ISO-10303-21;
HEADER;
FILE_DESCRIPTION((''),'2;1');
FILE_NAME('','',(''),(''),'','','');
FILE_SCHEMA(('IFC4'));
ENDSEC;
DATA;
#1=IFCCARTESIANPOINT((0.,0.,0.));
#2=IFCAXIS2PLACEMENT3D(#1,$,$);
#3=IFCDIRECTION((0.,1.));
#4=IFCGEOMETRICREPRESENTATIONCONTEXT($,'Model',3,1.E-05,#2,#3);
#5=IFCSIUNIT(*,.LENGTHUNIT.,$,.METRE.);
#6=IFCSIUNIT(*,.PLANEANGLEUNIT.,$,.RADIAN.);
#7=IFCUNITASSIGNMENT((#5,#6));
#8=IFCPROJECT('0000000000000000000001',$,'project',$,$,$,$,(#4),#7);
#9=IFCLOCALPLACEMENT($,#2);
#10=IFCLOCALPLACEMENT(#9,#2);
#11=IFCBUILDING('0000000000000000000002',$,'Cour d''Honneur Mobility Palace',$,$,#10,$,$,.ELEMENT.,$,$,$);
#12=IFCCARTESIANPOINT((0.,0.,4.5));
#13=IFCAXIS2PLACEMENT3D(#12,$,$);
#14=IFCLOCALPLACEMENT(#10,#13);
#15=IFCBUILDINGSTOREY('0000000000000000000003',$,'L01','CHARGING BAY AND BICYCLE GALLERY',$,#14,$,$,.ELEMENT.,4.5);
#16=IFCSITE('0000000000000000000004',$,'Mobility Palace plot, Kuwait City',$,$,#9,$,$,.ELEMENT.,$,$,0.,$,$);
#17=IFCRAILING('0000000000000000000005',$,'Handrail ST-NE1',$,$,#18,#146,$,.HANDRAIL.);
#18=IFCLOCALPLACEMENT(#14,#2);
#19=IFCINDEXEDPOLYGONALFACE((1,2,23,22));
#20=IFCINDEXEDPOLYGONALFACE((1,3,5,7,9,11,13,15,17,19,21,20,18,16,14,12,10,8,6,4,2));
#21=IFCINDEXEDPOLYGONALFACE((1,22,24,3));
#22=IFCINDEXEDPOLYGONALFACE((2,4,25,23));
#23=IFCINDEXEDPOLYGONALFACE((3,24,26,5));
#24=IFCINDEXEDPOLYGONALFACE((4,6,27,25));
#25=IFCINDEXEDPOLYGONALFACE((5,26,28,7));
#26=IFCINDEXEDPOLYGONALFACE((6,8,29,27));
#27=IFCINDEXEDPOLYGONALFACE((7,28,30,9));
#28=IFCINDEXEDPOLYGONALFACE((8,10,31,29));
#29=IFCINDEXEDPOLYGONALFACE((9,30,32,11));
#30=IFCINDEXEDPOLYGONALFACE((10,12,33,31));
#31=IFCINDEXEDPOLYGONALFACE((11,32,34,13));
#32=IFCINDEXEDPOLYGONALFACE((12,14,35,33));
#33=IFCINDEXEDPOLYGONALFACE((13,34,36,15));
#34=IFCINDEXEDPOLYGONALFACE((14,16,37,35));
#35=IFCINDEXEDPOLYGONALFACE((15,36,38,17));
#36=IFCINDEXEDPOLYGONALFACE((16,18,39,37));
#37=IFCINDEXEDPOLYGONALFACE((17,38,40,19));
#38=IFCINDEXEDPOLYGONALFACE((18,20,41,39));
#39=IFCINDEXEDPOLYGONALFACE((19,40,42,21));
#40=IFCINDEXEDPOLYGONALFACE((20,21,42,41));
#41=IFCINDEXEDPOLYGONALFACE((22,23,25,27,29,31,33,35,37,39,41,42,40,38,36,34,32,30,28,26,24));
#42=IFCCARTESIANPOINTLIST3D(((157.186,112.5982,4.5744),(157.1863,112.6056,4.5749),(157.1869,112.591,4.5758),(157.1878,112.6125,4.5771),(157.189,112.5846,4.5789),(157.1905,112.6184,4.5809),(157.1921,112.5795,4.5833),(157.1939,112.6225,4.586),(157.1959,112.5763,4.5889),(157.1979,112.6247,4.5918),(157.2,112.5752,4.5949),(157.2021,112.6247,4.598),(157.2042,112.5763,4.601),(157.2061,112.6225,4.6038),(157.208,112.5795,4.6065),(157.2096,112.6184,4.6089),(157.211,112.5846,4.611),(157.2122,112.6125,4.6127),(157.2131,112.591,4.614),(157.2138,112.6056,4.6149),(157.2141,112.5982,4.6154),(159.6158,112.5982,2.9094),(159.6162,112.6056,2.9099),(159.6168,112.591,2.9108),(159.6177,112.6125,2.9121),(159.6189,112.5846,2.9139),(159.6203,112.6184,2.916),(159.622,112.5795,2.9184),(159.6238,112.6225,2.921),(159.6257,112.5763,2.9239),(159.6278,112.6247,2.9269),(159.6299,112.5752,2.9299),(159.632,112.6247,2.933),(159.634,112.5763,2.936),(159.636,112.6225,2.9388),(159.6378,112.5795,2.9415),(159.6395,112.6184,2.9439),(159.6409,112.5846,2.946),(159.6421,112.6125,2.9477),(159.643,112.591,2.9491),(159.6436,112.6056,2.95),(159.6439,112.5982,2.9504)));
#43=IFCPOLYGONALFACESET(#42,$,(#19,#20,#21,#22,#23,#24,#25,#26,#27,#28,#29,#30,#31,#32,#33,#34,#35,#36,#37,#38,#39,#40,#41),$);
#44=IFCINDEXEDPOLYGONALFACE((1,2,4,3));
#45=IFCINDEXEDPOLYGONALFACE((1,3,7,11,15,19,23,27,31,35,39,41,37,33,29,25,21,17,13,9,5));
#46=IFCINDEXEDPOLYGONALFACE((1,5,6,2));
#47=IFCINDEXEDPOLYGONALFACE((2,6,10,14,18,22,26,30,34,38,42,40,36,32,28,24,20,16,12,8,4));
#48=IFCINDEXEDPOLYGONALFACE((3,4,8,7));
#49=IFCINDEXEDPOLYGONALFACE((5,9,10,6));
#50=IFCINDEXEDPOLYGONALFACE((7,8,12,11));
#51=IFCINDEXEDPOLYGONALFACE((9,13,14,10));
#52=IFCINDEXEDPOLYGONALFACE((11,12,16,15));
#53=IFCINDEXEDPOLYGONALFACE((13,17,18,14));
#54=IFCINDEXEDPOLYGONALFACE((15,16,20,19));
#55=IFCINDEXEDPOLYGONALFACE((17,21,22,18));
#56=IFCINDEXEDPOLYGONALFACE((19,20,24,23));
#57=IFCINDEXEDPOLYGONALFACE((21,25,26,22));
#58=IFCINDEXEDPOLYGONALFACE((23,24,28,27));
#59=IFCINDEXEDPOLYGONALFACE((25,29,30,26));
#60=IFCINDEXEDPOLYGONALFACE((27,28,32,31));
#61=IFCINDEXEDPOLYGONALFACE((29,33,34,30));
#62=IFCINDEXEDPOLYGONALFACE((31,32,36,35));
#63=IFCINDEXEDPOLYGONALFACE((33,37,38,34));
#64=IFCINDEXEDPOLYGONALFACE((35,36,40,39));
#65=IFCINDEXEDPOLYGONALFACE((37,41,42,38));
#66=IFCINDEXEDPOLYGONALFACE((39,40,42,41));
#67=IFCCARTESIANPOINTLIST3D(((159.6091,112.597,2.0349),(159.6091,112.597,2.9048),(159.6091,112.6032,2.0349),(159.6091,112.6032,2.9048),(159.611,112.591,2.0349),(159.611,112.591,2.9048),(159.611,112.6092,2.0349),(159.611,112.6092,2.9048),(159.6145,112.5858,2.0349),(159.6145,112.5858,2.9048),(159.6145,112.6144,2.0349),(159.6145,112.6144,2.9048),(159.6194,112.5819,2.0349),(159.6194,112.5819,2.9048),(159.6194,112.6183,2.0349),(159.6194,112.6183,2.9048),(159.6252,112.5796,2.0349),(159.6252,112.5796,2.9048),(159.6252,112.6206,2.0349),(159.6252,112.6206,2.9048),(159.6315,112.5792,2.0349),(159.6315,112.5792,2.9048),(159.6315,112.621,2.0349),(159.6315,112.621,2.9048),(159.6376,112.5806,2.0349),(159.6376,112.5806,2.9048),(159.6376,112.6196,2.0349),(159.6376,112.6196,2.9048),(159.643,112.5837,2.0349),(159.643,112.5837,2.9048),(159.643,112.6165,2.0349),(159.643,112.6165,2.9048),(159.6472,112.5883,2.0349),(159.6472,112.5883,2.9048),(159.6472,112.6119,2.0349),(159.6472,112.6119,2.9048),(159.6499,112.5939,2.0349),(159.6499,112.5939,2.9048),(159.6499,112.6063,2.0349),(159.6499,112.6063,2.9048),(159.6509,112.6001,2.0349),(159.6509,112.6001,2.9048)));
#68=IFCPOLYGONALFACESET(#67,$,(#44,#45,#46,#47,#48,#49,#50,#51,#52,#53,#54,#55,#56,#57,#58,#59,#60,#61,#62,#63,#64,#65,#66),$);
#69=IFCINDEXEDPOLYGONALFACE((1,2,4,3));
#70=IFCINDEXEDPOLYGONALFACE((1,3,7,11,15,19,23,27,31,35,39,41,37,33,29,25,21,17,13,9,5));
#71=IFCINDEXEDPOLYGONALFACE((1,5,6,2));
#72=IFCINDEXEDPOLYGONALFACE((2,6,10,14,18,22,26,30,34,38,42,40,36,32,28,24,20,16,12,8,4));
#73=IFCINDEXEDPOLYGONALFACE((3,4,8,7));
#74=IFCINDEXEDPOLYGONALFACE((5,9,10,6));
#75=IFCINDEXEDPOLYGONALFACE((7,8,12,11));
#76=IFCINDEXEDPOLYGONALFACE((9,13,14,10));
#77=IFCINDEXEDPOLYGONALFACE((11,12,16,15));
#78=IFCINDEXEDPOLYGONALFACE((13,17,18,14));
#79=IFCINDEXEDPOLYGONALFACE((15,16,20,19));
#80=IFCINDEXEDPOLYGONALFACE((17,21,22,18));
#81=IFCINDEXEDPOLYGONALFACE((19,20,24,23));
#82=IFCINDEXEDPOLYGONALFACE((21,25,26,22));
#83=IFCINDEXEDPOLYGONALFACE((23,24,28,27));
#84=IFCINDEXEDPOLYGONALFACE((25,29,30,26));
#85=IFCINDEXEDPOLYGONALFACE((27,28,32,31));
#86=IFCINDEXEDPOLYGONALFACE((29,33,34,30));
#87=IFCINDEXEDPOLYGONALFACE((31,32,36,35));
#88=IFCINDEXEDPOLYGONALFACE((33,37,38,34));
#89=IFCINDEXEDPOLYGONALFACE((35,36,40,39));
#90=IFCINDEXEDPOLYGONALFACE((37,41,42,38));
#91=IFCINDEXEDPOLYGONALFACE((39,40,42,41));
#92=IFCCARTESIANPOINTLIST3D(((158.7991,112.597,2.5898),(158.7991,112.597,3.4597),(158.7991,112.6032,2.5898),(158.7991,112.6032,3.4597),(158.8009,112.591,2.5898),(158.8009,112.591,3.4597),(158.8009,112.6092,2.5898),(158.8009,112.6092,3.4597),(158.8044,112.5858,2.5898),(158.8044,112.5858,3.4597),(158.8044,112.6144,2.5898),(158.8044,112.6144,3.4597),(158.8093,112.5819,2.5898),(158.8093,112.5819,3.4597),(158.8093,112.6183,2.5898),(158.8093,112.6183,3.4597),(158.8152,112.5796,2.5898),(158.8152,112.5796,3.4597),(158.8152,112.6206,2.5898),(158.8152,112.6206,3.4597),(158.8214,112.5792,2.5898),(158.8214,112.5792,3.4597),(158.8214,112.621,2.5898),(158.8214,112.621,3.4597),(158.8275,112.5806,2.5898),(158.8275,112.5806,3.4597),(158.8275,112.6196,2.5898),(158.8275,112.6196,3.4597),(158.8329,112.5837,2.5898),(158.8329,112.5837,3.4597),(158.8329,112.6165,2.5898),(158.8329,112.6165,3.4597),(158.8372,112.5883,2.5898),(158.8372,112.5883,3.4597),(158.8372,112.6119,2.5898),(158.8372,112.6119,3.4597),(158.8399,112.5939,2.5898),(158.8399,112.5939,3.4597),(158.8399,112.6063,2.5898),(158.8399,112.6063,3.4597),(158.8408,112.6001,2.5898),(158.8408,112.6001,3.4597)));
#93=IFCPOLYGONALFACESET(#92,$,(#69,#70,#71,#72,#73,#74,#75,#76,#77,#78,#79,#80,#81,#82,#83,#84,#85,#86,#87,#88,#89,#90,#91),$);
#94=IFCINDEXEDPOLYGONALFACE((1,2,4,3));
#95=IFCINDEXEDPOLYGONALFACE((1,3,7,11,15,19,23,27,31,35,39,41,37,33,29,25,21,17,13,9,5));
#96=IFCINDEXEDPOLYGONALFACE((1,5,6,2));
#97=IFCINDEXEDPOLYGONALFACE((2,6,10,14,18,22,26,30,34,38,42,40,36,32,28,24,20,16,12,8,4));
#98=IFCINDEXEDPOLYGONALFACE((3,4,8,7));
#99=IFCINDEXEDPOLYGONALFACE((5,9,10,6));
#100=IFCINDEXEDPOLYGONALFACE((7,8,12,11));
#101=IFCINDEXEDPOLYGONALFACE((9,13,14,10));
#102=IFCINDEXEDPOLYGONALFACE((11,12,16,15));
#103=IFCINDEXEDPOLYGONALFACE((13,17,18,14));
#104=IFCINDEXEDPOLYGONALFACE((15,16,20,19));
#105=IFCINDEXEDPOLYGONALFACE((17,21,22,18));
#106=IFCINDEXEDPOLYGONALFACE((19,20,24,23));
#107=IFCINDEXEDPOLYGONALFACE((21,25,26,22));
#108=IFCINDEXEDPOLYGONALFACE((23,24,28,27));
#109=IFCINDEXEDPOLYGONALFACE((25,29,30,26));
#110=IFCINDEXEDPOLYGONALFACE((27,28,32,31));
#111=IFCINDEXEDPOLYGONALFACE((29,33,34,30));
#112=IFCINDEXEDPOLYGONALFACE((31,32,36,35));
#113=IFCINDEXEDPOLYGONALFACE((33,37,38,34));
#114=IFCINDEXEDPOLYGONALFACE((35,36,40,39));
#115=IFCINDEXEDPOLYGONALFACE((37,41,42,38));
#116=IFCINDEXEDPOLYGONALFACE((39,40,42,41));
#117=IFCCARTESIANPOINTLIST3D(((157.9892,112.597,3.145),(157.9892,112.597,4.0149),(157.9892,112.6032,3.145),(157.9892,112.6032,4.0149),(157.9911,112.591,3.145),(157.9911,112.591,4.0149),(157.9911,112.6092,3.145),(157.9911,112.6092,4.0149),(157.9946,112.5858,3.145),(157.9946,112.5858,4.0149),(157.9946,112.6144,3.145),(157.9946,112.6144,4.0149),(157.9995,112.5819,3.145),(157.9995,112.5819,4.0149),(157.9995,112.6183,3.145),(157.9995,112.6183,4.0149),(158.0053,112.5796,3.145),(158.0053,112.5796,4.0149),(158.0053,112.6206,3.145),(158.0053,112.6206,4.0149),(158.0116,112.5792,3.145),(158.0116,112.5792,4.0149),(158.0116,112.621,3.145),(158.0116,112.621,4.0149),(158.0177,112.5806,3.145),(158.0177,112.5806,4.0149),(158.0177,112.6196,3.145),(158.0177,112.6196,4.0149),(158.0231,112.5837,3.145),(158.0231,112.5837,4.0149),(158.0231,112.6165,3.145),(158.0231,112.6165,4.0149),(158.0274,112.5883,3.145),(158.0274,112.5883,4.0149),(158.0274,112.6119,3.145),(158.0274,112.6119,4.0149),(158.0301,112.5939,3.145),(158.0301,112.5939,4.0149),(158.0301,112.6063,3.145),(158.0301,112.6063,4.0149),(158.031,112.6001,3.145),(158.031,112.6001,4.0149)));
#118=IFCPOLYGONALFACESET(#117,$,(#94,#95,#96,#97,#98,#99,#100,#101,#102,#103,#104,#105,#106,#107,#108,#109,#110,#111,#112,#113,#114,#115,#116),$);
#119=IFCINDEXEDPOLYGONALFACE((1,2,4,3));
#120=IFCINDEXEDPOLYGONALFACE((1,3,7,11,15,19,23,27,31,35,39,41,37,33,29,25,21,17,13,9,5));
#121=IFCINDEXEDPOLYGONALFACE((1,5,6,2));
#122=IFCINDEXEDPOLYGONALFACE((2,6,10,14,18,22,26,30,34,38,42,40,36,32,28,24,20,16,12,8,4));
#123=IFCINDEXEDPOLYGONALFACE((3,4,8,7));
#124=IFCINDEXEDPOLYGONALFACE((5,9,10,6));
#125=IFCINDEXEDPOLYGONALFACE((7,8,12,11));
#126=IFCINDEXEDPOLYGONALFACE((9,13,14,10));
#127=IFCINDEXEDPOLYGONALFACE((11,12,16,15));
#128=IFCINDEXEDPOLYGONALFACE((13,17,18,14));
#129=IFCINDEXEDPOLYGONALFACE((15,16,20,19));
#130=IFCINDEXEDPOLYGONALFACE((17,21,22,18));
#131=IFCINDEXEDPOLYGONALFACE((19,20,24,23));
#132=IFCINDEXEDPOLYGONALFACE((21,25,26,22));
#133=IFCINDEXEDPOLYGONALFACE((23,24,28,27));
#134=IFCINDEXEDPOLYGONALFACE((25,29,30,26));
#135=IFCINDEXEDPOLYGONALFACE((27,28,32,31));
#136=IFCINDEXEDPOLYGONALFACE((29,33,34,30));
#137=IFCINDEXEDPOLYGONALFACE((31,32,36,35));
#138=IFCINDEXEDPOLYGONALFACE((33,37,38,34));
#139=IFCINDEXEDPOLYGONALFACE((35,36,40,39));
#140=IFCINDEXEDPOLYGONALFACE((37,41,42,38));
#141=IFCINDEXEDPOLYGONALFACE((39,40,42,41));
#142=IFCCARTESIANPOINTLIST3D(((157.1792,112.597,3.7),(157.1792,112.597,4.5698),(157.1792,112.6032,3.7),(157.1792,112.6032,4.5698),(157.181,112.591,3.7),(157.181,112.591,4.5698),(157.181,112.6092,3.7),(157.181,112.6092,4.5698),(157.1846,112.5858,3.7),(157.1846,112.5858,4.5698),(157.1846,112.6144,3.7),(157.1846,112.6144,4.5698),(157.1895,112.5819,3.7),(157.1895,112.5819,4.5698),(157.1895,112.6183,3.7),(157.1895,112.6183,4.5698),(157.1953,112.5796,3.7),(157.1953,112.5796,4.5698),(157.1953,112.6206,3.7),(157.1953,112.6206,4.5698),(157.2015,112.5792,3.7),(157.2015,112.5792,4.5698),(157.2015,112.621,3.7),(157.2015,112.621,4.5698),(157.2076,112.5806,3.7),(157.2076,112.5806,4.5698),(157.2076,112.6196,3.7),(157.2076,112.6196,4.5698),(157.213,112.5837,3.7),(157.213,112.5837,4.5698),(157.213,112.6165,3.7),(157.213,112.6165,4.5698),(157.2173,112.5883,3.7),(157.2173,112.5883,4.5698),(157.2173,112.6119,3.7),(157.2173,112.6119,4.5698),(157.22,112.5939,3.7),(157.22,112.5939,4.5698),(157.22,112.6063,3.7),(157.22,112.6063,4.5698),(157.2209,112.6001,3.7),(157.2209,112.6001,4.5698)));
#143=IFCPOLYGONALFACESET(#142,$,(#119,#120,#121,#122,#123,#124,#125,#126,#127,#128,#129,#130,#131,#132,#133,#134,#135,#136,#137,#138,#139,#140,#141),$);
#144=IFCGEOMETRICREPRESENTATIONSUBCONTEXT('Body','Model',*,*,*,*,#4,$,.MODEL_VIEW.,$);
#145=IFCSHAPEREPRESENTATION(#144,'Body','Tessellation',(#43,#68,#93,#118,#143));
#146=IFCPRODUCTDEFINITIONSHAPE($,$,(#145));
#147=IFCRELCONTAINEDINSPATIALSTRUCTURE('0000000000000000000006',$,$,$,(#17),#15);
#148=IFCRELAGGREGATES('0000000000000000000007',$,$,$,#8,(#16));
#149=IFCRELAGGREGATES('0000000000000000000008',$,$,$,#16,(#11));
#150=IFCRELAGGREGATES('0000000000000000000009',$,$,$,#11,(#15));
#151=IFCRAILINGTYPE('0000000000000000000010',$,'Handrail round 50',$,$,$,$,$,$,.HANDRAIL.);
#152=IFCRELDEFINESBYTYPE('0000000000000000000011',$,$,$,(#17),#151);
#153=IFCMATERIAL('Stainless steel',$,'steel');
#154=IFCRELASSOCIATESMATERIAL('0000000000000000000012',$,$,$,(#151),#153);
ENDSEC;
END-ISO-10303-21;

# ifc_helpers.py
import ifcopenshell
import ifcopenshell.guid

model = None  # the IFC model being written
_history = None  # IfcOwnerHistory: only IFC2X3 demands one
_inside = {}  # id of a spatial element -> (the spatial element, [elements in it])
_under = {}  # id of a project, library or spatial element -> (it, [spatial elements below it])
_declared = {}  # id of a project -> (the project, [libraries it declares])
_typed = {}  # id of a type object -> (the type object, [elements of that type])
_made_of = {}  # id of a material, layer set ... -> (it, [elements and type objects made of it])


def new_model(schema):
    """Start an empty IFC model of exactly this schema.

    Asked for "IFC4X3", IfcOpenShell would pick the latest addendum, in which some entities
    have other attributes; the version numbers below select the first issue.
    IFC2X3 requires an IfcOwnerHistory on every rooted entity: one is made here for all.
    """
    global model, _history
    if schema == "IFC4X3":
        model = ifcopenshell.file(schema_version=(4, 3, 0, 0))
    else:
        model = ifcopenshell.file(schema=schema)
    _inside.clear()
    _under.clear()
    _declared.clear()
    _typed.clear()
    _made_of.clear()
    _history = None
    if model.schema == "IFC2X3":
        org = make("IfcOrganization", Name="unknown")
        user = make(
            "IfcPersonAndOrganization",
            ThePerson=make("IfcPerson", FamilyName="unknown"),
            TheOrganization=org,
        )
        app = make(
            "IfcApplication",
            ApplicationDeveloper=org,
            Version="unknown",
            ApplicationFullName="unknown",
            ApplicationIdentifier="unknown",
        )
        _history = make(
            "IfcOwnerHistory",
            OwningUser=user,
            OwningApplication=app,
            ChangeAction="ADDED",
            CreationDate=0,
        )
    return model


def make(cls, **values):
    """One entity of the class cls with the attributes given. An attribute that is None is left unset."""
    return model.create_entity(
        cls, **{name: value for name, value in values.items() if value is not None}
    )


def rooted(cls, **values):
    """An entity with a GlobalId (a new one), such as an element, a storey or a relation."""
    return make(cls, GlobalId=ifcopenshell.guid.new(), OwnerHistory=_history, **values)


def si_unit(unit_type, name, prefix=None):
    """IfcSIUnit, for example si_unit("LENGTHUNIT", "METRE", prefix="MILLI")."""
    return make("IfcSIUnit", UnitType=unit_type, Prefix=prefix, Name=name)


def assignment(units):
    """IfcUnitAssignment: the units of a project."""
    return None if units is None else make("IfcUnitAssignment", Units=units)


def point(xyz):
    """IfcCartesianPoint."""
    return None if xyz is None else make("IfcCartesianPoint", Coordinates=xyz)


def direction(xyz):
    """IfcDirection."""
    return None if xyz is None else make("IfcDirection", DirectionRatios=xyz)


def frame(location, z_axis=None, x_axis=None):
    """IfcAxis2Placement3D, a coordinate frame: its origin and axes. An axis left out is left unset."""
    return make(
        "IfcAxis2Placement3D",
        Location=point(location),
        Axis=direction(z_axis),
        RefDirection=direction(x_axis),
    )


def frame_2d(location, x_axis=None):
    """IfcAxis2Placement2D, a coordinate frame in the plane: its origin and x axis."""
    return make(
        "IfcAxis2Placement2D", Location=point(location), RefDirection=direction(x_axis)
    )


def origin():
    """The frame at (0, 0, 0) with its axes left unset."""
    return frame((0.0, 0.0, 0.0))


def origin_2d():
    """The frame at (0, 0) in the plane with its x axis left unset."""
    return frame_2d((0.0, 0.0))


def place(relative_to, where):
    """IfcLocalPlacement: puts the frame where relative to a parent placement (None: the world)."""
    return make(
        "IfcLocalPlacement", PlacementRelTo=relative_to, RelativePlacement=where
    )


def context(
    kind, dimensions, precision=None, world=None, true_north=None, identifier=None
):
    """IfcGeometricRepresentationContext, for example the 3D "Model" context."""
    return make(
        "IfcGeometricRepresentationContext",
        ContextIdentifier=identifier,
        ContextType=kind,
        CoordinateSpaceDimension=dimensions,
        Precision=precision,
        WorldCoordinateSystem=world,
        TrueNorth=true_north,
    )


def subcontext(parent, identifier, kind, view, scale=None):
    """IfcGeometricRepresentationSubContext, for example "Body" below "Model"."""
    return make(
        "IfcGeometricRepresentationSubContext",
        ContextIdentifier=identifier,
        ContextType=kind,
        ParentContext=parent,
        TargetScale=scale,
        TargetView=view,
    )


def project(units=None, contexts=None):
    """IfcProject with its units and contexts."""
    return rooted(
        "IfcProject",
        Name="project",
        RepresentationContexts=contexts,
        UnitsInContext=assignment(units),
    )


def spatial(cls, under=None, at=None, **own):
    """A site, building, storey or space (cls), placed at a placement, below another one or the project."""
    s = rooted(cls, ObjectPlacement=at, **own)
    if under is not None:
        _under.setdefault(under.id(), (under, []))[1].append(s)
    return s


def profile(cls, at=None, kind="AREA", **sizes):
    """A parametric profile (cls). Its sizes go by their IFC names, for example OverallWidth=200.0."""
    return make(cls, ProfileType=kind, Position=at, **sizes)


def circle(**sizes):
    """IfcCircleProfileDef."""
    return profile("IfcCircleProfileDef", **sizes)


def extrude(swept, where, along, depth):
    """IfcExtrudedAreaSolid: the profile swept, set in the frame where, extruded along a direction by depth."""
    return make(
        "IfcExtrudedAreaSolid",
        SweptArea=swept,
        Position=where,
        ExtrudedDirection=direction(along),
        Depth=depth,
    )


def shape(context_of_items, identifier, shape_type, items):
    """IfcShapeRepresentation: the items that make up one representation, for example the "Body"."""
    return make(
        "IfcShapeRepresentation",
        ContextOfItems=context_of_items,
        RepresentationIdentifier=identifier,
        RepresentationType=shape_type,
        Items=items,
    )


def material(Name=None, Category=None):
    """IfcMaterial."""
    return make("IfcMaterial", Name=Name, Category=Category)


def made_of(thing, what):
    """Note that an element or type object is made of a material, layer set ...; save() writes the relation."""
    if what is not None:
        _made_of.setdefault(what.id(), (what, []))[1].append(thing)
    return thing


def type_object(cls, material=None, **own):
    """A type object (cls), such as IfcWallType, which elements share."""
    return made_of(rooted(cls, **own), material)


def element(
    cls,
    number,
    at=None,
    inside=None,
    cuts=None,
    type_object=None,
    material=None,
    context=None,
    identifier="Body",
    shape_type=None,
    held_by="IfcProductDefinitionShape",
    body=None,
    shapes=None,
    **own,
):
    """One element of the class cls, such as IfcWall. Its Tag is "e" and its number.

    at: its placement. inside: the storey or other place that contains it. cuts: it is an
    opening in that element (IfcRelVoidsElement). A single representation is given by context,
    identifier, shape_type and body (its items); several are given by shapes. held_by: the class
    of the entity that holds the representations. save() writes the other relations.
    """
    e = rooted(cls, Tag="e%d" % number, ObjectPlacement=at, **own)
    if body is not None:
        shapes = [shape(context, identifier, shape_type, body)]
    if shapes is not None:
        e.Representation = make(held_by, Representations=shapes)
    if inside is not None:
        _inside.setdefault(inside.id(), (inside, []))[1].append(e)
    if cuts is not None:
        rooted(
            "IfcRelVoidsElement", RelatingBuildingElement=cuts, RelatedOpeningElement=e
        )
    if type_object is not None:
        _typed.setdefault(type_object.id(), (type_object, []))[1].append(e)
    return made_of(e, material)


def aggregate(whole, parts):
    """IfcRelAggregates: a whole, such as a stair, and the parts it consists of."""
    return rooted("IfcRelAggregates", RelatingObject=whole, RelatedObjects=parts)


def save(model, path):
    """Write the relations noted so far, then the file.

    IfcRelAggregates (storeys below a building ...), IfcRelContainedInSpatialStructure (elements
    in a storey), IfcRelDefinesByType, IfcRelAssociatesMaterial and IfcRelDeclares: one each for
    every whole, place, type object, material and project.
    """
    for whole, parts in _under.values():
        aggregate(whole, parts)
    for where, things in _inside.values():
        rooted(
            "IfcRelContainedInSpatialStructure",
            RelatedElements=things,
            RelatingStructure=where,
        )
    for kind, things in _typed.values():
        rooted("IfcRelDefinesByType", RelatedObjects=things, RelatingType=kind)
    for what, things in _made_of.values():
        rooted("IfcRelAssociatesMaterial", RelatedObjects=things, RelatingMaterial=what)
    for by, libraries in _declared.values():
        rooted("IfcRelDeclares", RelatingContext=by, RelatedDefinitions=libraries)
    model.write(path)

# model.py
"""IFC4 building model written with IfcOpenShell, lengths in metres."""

from ifc_helpers import new_model, si_unit, direction, frame, origin, origin_2d, place, context, subcontext, project, spatial, circle, extrude, material, type_object, element, save


model = new_model("IFC4")

# Units and contexts
model_context = context("Model", 3, precision=1e-05, world=origin(), true_north=direction((0.0, 1.0)))
body_context = subcontext(model_context, "Body", "Model", "MODEL_VIEW")
ifc_project = project(units=[si_unit("LENGTHUNIT", "METRE"), si_unit("PLANEANGLEUNIT", "RADIAN")], contexts=[model_context])

# Site, building, storey
site_placement = place(None, origin())
site = spatial("IfcSite", under=ifc_project, at=site_placement, Name="Mobility Palace plot, Kuwait City", CompositionType="ELEMENT", RefElevation=0.0)
building_placement = place(site_placement, origin())
building = spatial("IfcBuilding", under=site, at=building_placement, Name="Cour d'Honneur Mobility Palace", CompositionType="ELEMENT")
storey_placement = place(building_placement, frame((0.0, 0.0, 4.5)))
storey = spatial("IfcBuildingStorey", under=building, at=storey_placement, Name="L01", Description="CHARGING BAY AND BICYCLE GALLERY", CompositionType="ELEMENT", Elevation=4.5)

# Railing
ifc_material_1 = material(Name="Stainless steel", Category="steel")
railing_type_1 = type_object("IfcRailingType", Name="Handrail round 50", PredefinedType="HANDRAIL", material=ifc_material_1)
railing_1_placement = place(storey_placement, frame((159.6299, 112.6001, 2.0349)))
element("IfcRailing", 1, at=railing_1_placement, inside=storey, type_object=railing_type_1, Name="Handrail ST-NE1", PredefinedType="HANDRAIL", context=body_context, shape_type="SweptSolid", body=[
    extrude(circle(Radius=0.0249, at=origin_2d()), frame((0.0, 0.0, 0.895), z_axis=(-0.824919, 0.0, 0.565251), x_axis=(0.0, -1.0, 0.0)), (0.0, 0.0, 1.0), 2.9456),
    extrude(circle(Radius=0.021, at=origin_2d()), origin(), (0.0, 0.0, 1.0), 0.8699),
    extrude(circle(Radius=0.021, at=origin_2d()), frame((-0.8101, 0.0, 0.5549)), (0.0, 0.0, 1.0), 0.8699),
    extrude(circle(Radius=0.021, at=origin_2d()), frame((-1.6199, 0.0, 1.1101)), (0.0, 0.0, 1.0), 0.8699),
    extrude(circle(Radius=0.021, at=origin_2d()), frame((-2.4299, 0.0, 1.665)), (0.0, 0.0, 1.0), 0.8699),
])

save(model, "model.ifc")
